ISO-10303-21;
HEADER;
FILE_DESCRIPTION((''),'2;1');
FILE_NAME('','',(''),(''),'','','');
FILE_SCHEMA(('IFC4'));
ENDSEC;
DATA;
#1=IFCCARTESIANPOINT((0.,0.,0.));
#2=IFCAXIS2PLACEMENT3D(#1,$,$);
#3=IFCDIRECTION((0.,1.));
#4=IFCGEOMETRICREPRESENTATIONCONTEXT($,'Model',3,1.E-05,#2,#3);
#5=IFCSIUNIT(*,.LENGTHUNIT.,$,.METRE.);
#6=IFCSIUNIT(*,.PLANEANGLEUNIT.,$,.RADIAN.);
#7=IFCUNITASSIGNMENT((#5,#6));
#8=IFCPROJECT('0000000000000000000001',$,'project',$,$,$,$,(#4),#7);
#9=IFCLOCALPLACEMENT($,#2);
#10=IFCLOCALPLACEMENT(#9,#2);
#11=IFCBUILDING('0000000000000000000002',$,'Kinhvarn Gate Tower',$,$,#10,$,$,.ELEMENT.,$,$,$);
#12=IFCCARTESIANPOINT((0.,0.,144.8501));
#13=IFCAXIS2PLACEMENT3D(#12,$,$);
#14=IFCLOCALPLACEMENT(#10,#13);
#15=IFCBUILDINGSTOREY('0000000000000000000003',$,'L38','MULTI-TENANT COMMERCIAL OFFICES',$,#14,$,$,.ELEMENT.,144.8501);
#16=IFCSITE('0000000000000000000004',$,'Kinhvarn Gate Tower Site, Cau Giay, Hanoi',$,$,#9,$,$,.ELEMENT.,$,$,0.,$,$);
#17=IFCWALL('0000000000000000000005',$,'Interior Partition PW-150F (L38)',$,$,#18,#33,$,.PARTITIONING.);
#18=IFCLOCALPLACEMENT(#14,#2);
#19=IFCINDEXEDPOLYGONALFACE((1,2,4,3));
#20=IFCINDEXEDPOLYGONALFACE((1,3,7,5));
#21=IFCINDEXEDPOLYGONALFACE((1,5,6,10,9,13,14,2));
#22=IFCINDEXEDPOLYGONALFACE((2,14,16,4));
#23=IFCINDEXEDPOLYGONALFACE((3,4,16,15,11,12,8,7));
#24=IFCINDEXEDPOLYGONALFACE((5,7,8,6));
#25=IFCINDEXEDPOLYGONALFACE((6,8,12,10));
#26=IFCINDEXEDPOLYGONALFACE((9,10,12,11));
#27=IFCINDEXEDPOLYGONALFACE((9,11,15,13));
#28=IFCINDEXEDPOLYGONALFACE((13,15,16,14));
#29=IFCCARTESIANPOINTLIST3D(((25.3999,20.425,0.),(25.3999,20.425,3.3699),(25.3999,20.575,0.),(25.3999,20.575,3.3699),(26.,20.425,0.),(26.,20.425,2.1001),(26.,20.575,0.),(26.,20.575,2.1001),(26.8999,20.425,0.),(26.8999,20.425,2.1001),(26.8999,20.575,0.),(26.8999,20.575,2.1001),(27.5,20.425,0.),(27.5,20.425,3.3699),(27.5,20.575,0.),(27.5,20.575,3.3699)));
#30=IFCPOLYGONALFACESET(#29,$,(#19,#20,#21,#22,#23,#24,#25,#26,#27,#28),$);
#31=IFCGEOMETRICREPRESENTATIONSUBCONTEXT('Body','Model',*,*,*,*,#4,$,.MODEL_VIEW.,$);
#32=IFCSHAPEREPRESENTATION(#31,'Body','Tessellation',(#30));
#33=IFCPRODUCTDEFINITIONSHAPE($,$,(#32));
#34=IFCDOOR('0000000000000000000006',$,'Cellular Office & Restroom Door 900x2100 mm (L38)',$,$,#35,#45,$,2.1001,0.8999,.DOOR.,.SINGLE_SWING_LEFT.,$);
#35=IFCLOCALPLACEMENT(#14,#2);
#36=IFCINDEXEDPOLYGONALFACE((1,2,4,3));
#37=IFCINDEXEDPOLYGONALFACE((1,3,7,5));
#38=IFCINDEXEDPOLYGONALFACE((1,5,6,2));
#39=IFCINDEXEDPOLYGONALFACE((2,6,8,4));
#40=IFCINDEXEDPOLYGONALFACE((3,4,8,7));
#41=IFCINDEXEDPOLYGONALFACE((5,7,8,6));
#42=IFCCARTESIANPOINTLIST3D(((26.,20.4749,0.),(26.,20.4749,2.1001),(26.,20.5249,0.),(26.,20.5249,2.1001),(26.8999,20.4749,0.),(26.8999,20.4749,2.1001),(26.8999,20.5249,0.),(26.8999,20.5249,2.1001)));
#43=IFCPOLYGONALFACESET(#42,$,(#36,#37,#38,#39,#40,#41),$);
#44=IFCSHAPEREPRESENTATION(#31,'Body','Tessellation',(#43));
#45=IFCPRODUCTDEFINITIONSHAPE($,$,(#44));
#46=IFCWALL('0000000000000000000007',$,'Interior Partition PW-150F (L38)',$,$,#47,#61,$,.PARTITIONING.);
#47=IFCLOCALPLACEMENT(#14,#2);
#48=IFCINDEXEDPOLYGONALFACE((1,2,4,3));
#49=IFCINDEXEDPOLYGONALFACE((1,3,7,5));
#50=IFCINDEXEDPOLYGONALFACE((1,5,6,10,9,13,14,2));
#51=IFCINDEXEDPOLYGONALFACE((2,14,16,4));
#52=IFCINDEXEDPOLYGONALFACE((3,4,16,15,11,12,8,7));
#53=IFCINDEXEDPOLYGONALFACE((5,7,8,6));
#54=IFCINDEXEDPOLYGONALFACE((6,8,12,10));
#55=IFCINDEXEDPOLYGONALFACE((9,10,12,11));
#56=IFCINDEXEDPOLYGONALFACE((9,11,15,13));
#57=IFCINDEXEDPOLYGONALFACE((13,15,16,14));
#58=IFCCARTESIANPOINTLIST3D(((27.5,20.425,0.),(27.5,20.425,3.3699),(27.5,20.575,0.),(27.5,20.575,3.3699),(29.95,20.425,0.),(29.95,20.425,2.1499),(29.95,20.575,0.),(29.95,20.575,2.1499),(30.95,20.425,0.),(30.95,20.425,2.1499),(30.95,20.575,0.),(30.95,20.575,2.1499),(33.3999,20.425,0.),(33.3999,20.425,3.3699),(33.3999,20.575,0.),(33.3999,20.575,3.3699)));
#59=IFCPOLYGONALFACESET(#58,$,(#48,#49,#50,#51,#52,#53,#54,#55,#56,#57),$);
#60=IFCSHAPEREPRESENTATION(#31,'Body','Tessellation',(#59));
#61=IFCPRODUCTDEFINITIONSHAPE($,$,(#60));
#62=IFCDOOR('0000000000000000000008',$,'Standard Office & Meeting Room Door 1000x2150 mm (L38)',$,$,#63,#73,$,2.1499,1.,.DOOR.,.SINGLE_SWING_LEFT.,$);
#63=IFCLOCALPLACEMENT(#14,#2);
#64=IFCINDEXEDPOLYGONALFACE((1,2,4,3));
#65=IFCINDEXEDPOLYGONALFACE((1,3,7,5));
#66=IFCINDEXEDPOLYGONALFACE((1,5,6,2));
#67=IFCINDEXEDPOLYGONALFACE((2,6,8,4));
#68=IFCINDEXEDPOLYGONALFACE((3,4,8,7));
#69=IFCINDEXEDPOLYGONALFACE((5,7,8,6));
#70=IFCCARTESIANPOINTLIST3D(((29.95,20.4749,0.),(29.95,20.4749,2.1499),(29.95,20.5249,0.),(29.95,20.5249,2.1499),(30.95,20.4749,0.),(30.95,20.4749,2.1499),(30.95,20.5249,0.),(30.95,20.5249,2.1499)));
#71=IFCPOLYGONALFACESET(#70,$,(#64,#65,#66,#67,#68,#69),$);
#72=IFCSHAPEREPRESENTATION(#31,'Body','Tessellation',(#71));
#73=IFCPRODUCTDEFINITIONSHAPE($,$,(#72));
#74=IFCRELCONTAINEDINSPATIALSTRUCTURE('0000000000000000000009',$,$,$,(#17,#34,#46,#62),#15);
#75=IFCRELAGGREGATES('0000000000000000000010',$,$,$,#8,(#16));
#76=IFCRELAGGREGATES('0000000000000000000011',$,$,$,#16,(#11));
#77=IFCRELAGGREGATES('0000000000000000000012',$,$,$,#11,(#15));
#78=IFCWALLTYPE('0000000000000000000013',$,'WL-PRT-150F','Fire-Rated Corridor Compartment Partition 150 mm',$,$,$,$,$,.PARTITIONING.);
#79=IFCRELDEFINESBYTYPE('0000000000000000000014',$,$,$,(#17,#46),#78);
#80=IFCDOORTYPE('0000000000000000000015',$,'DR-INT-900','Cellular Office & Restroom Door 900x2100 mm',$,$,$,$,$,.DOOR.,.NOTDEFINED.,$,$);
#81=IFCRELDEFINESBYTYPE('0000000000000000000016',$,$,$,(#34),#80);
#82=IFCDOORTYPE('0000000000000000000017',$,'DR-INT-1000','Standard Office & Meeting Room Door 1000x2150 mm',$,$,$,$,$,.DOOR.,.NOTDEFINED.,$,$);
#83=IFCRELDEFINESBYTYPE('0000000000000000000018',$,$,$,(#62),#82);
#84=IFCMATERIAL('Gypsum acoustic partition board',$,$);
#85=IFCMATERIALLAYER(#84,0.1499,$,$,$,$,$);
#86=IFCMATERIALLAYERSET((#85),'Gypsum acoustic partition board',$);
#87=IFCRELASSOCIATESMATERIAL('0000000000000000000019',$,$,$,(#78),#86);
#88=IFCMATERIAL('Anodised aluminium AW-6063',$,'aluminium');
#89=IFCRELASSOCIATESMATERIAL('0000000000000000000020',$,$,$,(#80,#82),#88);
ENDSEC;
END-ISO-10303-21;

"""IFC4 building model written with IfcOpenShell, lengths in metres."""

from ifc_helpers import new_model, si_unit, direction, frame, frame_2d, origin, place, context, subcontext, project, spatial, rectangle, extrude, material, layer, layer_set, type_object, element, fill, save


model = new_model("IFC4")

# Units and contexts
model_context = context("Model", 3, precision=1e-05, world=origin(), true_north=direction((0.0, 1.0)))
body_context = subcontext(model_context, "Body", "Model", "MODEL_VIEW")
ifc_project = project(units=[si_unit("LENGTHUNIT", "METRE"), si_unit("PLANEANGLEUNIT", "RADIAN")], contexts=[model_context])

# Site, building, storey
site_placement = place(None, origin())
site = spatial("IfcSite", under=ifc_project, at=site_placement, Name="Kinhvarn Gate Tower Site, Cau Giay, Hanoi", CompositionType="ELEMENT", RefElevation=0.0)
building_placement = place(site_placement, origin())
building = spatial("IfcBuilding", under=site, at=building_placement, Name="Kinhvarn Gate Tower", CompositionType="ELEMENT")
storey_placement = place(building_placement, frame((0.0, 0.0, 144.8501)))
storey = spatial("IfcBuildingStorey", under=building, at=storey_placement, Name="L38", Description="MULTI-TENANT COMMERCIAL OFFICES", CompositionType="ELEMENT", Elevation=144.8501)

# Shared definitions
ifc_material_1 = material(Name="Gypsum acoustic partition board")

# Walls, openings, doors
ifc_layer_1 = layer(ifc_material_1, 0.1499)
ifc_layer_set_1 = layer_set([ifc_layer_1], Name="Gypsum acoustic partition board")
wall_type_1 = type_object("IfcWallType", Name="WL-PRT-150F", Description="Fire-Rated Corridor Compartment Partition 150 mm", PredefinedType="PARTITIONING", material=ifc_layer_set_1)
wall_1_placement = place(storey_placement, frame((25.3999, 20.5, 0.0), z_axis=(0.0, 0.0, 1.0), x_axis=(1.0, 0.0, 0.0)))
wall_1 = element("IfcWall", 1, at=wall_1_placement, inside=storey, type_object=wall_type_1, Name="Interior Partition PW-150F (L38)", PredefinedType="PARTITIONING", context=body_context, shape_type="SweptSolid", body=[
    extrude(rectangle(XDim=2.1001, YDim=0.1499, at=frame_2d((1.05, 0.0))), origin(), (0.0, 0.0, 1.0), 3.3699),
])
opening_1_placement = place(wall_1_placement, frame((0.6001, 0.0, 0.0)))
opening_1 = element("IfcOpeningElement", 2, at=opening_1_placement, cuts=wall_1, PredefinedType="OPENING", context=body_context, shape_type="SweptSolid", body=[
    extrude(rectangle(XDim=0.8999, YDim=2.1001, at=frame_2d((0.45, 1.05))), frame((0.0, 0.085, 0.0), z_axis=(0.0, -1.0, 0.0), x_axis=(1.0, 0.0, 0.0)), (0.0, 0.0, 1.0), 0.1699),
])
ifc_material_2 = material(Name="Anodised aluminium AW-6063", Category="aluminium")
door_type_1 = type_object("IfcDoorType", Name="DR-INT-900", Description="Cellular Office & Restroom Door 900x2100 mm", OperationType="NOTDEFINED", PredefinedType="DOOR", material=ifc_material_2)
door_1_placement = place(opening_1_placement, origin())
door_1 = element("IfcDoor", 3, at=door_1_placement, inside=storey, type_object=door_type_1, Name="Cellular Office & Restroom Door 900x2100 mm (L38)", OperationType="SINGLE_SWING_LEFT", OverallHeight=2.1001, OverallWidth=0.8999, PredefinedType="DOOR", context=body_context, shape_type="SweptSolid", body=[
    extrude(rectangle(XDim=0.8999, YDim=2.1001, at=frame_2d((0.45, 1.05))), frame((0.0, 0.0249, 0.0), z_axis=(0.0, -1.0, 0.0), x_axis=(1.0, 0.0, 0.0)), (0.0, 0.0, 1.0), 0.05),
])
fill(opening_1, door_1)
wall_2_placement = place(storey_placement, frame((27.5, 20.5, 0.0), z_axis=(0.0, 0.0, 1.0), x_axis=(1.0, 0.0, 0.0)))
wall_2 = element("IfcWall", 4, at=wall_2_placement, inside=storey, type_object=wall_type_1, Name="Interior Partition PW-150F (L38)", PredefinedType="PARTITIONING", context=body_context, shape_type="SweptSolid", body=[
    extrude(rectangle(XDim=5.8999, YDim=0.1499, at=frame_2d((2.95, 0.0))), origin(), (0.0, 0.0, 1.0), 3.3699),
])
opening_2_placement = place(wall_2_placement, frame((2.45, 0.0, 0.0)))
opening_2 = element("IfcOpeningElement", 5, at=opening_2_placement, cuts=wall_2, PredefinedType="OPENING", context=body_context, shape_type="SweptSolid", body=[
    extrude(rectangle(XDim=1.0, YDim=2.1499, at=frame_2d((0.5, 1.075))), frame((0.0, 0.085, 0.0), z_axis=(0.0, -1.0, 0.0), x_axis=(1.0, 0.0, 0.0)), (0.0, 0.0, 1.0), 0.1699),
])
door_type_2 = type_object("IfcDoorType", Name="DR-INT-1000", Description="Standard Office & Meeting Room Door 1000x2150 mm", OperationType="NOTDEFINED", PredefinedType="DOOR", material=ifc_material_2)
door_2_placement = place(opening_2_placement, origin())
door_2 = element("IfcDoor", 6, at=door_2_placement, inside=storey, type_object=door_type_2, Name="Standard Office & Meeting Room Door 1000x2150 mm (L38)", OperationType="SINGLE_SWING_LEFT", OverallHeight=2.1499, OverallWidth=1.0, PredefinedType="DOOR", context=body_context, shape_type="SweptSolid", body=[
    extrude(rectangle(XDim=1.0, YDim=2.1499, at=frame_2d((0.5, 1.075))), frame((0.0, 0.0249, 0.0), z_axis=(0.0, -1.0, 0.0), x_axis=(1.0, 0.0, 0.0)), (0.0, 0.0, 1.0), 0.05),
])
fill(opening_2, door_2)

save(model, "model.ifc")
